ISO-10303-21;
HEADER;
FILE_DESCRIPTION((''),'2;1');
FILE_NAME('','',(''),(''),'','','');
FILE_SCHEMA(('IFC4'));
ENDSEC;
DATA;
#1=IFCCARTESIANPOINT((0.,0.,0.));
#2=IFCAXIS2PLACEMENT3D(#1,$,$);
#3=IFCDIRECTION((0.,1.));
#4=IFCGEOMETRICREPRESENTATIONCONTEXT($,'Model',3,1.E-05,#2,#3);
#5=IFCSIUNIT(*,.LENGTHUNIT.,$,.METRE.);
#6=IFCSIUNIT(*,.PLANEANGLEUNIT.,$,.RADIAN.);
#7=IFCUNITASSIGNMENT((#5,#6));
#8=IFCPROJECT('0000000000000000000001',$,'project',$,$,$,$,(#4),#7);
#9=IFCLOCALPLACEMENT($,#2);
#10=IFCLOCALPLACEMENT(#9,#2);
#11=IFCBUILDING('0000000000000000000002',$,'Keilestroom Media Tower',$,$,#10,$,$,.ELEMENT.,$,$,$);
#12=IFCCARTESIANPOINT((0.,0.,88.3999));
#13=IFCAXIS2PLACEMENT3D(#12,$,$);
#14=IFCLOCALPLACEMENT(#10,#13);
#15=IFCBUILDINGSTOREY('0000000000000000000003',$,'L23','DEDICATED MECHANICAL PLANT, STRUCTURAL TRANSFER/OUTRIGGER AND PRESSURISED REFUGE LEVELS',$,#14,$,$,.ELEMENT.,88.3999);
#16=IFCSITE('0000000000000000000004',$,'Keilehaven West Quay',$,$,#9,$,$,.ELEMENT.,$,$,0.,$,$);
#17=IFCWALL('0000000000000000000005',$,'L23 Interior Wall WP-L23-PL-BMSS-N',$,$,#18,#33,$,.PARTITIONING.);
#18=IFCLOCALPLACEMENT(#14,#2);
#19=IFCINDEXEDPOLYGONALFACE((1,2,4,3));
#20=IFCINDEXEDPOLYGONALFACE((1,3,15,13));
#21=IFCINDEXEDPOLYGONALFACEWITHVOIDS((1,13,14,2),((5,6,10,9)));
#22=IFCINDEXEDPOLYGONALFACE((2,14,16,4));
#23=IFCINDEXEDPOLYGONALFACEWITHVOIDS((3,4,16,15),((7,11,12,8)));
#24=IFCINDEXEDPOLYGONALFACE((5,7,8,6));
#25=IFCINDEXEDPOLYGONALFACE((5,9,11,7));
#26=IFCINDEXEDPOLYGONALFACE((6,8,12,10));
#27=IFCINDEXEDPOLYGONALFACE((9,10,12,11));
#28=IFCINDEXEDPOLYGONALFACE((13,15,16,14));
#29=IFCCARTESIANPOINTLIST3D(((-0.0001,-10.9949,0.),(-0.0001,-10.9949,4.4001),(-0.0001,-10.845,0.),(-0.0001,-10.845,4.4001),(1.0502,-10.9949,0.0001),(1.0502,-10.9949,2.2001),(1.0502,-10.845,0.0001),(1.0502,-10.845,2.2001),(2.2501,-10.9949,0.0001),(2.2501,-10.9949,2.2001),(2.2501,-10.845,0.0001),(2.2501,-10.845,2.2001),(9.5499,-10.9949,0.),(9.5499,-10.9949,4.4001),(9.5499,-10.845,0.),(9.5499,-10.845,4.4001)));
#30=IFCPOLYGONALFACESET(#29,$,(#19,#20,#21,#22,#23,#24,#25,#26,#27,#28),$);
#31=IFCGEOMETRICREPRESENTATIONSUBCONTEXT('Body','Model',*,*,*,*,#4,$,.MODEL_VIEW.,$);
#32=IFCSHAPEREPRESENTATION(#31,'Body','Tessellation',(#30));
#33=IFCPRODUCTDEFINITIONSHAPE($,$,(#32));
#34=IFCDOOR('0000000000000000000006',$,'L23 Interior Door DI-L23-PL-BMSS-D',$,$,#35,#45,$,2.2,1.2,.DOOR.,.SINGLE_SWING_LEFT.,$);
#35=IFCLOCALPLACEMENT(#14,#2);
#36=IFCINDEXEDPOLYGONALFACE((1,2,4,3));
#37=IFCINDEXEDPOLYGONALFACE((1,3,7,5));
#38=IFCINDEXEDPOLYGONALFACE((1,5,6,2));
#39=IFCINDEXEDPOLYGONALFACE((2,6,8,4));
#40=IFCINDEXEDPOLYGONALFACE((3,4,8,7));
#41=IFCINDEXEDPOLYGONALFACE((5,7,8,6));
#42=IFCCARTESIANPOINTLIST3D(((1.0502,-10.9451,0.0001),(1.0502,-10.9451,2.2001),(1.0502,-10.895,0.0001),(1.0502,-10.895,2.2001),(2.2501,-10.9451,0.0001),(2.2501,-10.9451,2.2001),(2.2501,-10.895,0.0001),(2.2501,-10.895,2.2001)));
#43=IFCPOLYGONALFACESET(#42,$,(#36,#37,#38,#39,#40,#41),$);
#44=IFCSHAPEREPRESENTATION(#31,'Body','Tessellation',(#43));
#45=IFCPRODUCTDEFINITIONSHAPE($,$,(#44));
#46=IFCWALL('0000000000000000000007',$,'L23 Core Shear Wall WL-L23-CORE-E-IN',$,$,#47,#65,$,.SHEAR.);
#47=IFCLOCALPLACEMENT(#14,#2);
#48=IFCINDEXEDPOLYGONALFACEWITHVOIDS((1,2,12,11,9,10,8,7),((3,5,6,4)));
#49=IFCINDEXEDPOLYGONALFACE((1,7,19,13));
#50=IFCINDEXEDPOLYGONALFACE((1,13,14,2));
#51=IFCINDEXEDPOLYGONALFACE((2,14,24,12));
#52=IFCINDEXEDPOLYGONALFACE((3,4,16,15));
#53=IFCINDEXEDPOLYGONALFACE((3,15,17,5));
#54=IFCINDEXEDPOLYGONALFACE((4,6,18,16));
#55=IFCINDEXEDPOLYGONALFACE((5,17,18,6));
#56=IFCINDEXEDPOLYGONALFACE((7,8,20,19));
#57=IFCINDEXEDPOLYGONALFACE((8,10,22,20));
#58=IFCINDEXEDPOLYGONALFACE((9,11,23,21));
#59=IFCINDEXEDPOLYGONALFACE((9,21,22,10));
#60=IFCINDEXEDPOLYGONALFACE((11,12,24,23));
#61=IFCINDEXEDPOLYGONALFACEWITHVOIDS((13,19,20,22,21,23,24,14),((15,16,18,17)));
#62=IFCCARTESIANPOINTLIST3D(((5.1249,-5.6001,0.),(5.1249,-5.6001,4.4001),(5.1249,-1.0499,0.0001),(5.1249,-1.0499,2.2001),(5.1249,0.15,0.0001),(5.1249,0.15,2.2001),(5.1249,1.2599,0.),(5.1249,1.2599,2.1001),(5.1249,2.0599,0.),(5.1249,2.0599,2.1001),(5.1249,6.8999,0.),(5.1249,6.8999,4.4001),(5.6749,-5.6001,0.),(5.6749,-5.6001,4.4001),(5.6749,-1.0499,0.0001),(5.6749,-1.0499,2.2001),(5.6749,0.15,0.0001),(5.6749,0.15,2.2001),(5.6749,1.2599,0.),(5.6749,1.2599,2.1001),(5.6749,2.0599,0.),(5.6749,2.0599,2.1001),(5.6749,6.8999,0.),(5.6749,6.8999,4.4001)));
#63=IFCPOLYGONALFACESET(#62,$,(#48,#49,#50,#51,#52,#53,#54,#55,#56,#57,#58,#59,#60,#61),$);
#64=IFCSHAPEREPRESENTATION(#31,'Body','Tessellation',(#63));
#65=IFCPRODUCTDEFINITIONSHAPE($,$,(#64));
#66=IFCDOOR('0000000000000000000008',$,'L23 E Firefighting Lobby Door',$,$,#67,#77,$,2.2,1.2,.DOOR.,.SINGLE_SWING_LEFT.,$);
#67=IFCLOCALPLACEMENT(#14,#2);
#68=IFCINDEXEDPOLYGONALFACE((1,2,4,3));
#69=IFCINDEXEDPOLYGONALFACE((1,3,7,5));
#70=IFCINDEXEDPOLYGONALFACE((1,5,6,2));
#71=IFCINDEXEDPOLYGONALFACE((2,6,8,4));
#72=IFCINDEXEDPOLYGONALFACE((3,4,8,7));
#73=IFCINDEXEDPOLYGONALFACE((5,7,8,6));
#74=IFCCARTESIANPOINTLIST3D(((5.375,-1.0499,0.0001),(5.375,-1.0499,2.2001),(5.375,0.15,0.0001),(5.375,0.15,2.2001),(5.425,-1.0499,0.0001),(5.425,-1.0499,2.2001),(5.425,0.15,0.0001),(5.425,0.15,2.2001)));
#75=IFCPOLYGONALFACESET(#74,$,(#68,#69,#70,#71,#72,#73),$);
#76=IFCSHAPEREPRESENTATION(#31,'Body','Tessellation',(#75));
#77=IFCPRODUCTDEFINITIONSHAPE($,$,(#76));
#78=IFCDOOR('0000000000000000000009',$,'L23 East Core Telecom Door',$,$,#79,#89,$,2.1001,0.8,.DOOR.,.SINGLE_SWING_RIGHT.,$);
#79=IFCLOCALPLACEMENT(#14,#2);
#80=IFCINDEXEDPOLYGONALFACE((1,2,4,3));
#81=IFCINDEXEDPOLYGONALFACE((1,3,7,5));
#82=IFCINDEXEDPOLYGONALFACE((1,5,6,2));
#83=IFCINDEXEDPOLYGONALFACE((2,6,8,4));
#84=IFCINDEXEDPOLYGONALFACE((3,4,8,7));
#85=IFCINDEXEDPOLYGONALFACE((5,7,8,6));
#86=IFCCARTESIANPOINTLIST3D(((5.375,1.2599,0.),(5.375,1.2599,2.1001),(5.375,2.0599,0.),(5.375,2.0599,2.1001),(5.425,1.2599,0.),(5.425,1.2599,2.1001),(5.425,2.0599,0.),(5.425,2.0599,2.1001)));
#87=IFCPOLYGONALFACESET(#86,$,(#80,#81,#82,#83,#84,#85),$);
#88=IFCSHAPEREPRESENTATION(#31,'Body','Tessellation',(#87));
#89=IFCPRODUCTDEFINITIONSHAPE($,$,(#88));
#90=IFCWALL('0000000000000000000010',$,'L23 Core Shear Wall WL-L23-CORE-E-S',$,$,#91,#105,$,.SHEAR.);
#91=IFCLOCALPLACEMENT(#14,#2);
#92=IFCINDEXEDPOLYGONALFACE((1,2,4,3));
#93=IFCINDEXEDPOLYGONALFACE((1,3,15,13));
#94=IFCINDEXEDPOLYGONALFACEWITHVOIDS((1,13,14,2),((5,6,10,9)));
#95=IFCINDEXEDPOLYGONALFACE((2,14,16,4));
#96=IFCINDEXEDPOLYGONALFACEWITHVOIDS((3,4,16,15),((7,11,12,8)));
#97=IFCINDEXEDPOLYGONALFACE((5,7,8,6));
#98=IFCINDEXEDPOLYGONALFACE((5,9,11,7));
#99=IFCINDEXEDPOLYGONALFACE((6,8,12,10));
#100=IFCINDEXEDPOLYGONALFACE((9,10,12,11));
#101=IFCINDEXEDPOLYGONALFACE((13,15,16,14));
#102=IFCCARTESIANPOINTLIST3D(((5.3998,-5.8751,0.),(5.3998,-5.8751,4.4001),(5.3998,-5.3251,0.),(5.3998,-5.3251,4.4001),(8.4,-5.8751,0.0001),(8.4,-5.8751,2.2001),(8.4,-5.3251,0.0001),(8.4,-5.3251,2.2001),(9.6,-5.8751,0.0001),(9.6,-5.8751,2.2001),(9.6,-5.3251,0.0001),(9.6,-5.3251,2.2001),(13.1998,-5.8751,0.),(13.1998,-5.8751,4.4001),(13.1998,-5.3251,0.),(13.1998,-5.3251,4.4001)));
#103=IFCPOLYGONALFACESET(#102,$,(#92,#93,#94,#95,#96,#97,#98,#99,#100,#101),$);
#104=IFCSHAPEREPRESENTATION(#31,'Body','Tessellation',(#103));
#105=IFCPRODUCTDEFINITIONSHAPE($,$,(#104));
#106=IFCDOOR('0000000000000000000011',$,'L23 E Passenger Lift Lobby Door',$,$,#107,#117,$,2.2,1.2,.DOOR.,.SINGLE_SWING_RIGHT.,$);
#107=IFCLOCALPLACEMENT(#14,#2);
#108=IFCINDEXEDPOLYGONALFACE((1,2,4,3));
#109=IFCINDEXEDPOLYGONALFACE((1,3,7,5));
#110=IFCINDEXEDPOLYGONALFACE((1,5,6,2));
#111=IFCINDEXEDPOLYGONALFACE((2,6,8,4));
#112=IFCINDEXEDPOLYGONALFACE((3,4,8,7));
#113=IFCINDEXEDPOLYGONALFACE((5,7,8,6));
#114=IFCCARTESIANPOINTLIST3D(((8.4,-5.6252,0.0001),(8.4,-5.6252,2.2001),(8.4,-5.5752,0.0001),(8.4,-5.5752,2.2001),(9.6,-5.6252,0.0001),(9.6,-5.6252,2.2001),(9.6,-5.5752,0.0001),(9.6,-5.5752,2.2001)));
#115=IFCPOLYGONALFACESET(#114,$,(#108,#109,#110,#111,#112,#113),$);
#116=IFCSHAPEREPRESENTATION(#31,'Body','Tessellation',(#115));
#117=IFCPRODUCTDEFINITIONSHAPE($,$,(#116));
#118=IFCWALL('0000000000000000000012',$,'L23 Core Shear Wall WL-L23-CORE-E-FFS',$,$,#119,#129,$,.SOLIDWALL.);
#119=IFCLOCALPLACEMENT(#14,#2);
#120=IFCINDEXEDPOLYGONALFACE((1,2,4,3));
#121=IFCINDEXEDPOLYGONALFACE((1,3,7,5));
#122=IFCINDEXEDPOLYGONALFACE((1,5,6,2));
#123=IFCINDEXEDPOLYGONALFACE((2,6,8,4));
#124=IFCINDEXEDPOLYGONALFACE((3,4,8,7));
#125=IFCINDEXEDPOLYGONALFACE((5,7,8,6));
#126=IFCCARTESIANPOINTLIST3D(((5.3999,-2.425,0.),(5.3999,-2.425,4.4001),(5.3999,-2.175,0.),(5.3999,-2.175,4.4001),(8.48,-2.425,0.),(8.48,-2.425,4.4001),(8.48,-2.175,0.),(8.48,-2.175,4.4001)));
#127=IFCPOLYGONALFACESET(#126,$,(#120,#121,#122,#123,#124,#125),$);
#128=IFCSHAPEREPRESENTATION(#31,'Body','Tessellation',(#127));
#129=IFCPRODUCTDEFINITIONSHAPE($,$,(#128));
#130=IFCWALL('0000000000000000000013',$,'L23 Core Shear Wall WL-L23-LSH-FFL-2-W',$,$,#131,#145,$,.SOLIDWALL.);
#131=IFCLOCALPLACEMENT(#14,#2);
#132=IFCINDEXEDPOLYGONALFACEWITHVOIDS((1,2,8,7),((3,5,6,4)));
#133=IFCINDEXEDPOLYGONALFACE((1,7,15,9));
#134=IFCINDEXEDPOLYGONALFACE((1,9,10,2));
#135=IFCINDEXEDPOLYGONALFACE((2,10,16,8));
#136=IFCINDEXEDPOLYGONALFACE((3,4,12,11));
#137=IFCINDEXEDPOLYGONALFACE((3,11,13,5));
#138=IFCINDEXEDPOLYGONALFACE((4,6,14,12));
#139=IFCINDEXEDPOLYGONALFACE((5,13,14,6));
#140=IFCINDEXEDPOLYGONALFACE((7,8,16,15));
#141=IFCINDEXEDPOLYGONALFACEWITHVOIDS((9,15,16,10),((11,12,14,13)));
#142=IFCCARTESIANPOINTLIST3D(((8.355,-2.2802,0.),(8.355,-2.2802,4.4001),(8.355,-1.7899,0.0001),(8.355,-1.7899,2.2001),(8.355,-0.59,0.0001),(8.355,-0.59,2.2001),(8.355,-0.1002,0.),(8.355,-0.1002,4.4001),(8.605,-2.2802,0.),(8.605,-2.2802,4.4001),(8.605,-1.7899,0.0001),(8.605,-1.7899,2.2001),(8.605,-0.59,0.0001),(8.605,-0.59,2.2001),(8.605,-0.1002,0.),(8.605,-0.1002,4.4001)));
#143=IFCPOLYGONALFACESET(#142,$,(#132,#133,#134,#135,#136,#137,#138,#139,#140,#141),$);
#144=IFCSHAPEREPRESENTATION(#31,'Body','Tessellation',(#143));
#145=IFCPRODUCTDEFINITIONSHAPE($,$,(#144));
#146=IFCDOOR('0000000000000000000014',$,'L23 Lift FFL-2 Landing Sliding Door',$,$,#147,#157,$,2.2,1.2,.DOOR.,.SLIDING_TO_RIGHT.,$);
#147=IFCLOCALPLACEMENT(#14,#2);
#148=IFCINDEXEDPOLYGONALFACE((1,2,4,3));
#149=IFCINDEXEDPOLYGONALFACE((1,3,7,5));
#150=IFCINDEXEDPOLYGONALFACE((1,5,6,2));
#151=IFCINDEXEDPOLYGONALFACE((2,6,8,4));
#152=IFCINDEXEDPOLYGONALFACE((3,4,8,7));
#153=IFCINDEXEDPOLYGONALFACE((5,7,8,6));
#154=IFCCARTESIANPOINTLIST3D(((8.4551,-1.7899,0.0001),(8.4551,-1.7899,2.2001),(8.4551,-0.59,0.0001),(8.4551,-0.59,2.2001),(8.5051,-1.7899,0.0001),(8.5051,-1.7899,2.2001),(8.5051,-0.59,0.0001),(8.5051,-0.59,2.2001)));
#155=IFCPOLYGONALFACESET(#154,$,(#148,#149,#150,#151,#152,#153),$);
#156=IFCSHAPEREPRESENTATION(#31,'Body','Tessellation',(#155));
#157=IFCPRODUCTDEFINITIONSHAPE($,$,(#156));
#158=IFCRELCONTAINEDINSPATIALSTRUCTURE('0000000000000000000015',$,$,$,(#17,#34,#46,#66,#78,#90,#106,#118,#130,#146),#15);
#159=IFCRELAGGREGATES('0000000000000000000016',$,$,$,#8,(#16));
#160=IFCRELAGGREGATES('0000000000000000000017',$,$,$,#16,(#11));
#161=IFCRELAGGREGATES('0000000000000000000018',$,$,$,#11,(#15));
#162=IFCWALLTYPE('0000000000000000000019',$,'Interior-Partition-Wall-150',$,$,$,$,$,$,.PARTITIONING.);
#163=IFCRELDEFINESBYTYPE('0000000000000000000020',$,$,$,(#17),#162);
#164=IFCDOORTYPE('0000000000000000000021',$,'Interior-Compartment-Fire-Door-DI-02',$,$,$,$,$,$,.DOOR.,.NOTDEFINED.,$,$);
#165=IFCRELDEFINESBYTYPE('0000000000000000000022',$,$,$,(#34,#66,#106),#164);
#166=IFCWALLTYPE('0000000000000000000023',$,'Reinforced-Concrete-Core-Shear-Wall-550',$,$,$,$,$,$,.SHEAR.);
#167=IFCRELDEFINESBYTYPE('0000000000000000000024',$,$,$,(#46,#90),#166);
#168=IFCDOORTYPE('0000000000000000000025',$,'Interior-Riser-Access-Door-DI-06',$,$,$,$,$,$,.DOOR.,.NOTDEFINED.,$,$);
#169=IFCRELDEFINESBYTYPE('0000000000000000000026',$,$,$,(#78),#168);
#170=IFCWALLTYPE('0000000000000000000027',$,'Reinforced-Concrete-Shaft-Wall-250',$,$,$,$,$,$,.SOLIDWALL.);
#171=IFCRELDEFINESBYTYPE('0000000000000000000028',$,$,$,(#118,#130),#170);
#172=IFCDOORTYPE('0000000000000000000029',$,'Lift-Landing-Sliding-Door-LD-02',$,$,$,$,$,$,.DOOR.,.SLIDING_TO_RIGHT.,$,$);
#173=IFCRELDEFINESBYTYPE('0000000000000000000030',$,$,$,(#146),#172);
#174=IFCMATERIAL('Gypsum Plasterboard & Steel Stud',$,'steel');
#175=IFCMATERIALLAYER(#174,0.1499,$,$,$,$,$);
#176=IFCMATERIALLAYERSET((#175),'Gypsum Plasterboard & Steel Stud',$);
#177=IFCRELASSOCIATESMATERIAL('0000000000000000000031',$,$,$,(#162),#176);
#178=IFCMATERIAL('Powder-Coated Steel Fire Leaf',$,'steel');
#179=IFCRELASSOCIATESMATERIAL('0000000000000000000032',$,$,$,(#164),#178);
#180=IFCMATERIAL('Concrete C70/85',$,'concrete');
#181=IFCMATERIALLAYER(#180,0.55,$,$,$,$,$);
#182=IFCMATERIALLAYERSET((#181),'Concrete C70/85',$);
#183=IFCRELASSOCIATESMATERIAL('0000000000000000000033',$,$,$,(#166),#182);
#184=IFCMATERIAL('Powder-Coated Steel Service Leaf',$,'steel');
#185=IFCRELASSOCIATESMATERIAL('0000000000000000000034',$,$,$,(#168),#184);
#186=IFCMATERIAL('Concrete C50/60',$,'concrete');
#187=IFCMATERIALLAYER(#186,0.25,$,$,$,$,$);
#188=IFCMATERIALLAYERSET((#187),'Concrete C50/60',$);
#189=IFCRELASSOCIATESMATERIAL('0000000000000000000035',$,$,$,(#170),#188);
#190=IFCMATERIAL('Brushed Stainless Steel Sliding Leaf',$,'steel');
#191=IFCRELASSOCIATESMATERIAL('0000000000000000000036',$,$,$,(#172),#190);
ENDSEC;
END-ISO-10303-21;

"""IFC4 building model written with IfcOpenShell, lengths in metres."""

from ifc_helpers import new_model, si_unit, direction, frame, frame_2d, origin, place, context, subcontext, project, spatial, rectangle, extrude, source, transform, mapped, material, layer, layer_set, type_object, element, fill, save


model = new_model("IFC4")

# Units and contexts
model_context = context("Model", 3, precision=1e-05, world=origin(), true_north=direction((0.0, 1.0)))
body_context = subcontext(model_context, "Body", "Model", "MODEL_VIEW")
ifc_project = project(units=[si_unit("LENGTHUNIT", "METRE"), si_unit("PLANEANGLEUNIT", "RADIAN")], contexts=[model_context])

# Site, building, storey
site_placement = place(None, origin())
site = spatial("IfcSite", under=ifc_project, at=site_placement, Name="Keilehaven West Quay", CompositionType="ELEMENT", RefElevation=0.0)
building_placement = place(site_placement, origin())
building = spatial("IfcBuilding", under=site, at=building_placement, Name="Keilestroom Media Tower", CompositionType="ELEMENT")
storey_placement = place(building_placement, frame((0.0, 0.0, 88.3999)))
storey = spatial("IfcBuildingStorey", under=building, at=storey_placement, Name="L23", Description="DEDICATED MECHANICAL PLANT, STRUCTURAL TRANSFER/OUTRIGGER AND PRESSURISED REFUGE LEVELS", CompositionType="ELEMENT", Elevation=88.3999)

# Shared definitions
ifc_material_1 = material(Name="Concrete C70/85", Category="concrete")

# Wall, opening, door
ifc_material_2 = material(Name="Gypsum Plasterboard & Steel Stud", Category="steel")
ifc_layer_1 = layer(ifc_material_2, 0.1499)
ifc_layer_set_1 = layer_set([ifc_layer_1], Name="Gypsum Plasterboard & Steel Stud")
wall_type_1 = type_object("IfcWallType", Name="Interior-Partition-Wall-150", PredefinedType="PARTITIONING", material=ifc_layer_set_1)
wall_1_placement = place(storey_placement, frame((0.0, -10.9199, 0.0), z_axis=(0.0, 0.0, 1.0), x_axis=(1.0, 0.0, 0.0)))
wall_1 = element("IfcWall", 1, at=wall_1_placement, inside=storey, type_object=wall_type_1, Name="L23 Interior Wall WP-L23-PL-BMSS-N", PredefinedType="PARTITIONING", context=body_context, shape_type="SweptSolid", body=[
    extrude(rectangle(XDim=9.55, YDim=0.1499, at=frame_2d((4.7749, 0.0))), origin(), (0.0, 0.0, 1.0), 4.4001),
])
opening_1_placement = place(wall_1_placement, frame((1.05, 0.0, 0.0)))
opening_1 = element("IfcOpeningElement", 2, at=opening_1_placement, cuts=wall_1, PredefinedType="OPENING", context=body_context, shape_type="SweptSolid", body=[
    extrude(rectangle(XDim=1.2, YDim=2.2, at=frame_2d((0.6001, 1.1001))), frame((0.0, 0.085, 0.0), z_axis=(0.0, -1.0, 0.0), x_axis=(1.0, 0.0, 0.0)), (0.0, 0.0, 1.0), 0.1699),
])
ifc_material_3 = material(Name="Powder-Coated Steel Fire Leaf", Category="steel")
door_type_1 = type_object("IfcDoorType", Name="Interior-Compartment-Fire-Door-DI-02", OperationType="NOTDEFINED", PredefinedType="DOOR", material=ifc_material_3)
shared_shape_1 = source(origin(), body_context, "Body", "SweptSolid", [
    extrude(rectangle(XDim=1.2, YDim=2.2, at=frame_2d((0.6001, 1.1001))), frame((0.0, 0.0249, 0.0), z_axis=(0.0, -1.0, 0.0), x_axis=(1.0, 0.0, 0.0)), (0.0, 0.0, 1.0), 0.05),
])
door_1_placement = place(opening_1_placement, origin())
door_1 = element("IfcDoor", 3, at=door_1_placement, inside=storey, type_object=door_type_1, Name="L23 Interior Door DI-L23-PL-BMSS-D", OperationType="SINGLE_SWING_LEFT", OverallHeight=2.2, OverallWidth=1.2, PredefinedType="DOOR", context=body_context, shape_type="MappedRepresentation", body=[
    mapped(shared_shape_1, transform((0.0, 0.0, 0.0), x_axis=(1.0, 0.0, 0.0), y_axis=(0.0, 1.0, 0.0), z_axis=(0.0, 0.0, 1.0), scale=1.0)),
])
fill(opening_1, door_1)

# Wall, openings, doors
ifc_layer_2 = layer(ifc_material_1, 0.55)
ifc_layer_set_2 = layer_set([ifc_layer_2], Name="Concrete C70/85")
wall_type_2 = type_object("IfcWallType", Name="Reinforced-Concrete-Core-Shear-Wall-550", PredefinedType="SHEAR", material=ifc_layer_set_2)
wall_2_placement = place(storey_placement, frame((5.3999, -5.6001, 0.0), z_axis=(0.0, 0.0, 1.0), x_axis=(0.0, 1.0, 0.0)))
wall_2 = element("IfcWall", 4, at=wall_2_placement, inside=storey, type_object=wall_type_2, Name="L23 Core Shear Wall WL-L23-CORE-E-IN", PredefinedType="SHEAR", context=body_context, shape_type="SweptSolid", body=[
    extrude(rectangle(XDim=12.5, YDim=0.55, at=frame_2d((6.25, 0.0))), origin(), (0.0, 0.0, 1.0), 4.4001),
])
opening_2_placement = place(wall_2_placement, frame((4.55, 0.0, 0.0)))
opening_2 = element("IfcOpeningElement", 5, at=opening_2_placement, cuts=wall_2, PredefinedType="OPENING", context=body_context, shape_type="SweptSolid", body=[
    extrude(rectangle(XDim=1.2, YDim=2.2, at=frame_2d((0.6001, 1.1001))), frame((0.0, 0.2852, 0.0), z_axis=(0.0, -1.0, 0.0), x_axis=(1.0, 0.0, 0.0)), (0.0, 0.0, 1.0), 0.5701),
])
opening_3_placement = place(wall_2_placement, frame((6.8601, 0.0, 0.0)))
opening_3 = element("IfcOpeningElement", 6, at=opening_3_placement, cuts=wall_2, PredefinedType="OPENING", context=body_context, shape_type="SweptSolid", body=[
    extrude(rectangle(XDim=0.8, YDim=2.1001, at=frame_2d((0.3999, 1.05))), frame((0.0, 0.2852, 0.0), z_axis=(0.0, -1.0, 0.0), x_axis=(1.0, 0.0, 0.0)), (0.0, 0.0, 1.0), 0.5701),
])
door_2_placement = place(opening_2_placement, origin())
door_2 = element("IfcDoor", 7, at=door_2_placement, inside=storey, type_object=door_type_1, Name="L23 E Firefighting Lobby Door", OperationType="SINGLE_SWING_LEFT", OverallHeight=2.2, OverallWidth=1.2, PredefinedType="DOOR", context=body_context, shape_type="MappedRepresentation", body=[
    mapped(shared_shape_1, transform((0.0, 0.0, 0.0), x_axis=(1.0, 0.0, 0.0), y_axis=(0.0, 1.0, 0.0), z_axis=(0.0, 0.0, 1.0), scale=1.0)),
])
fill(opening_2, door_2)
ifc_material_4 = material(Name="Powder-Coated Steel Service Leaf", Category="steel")
door_type_2 = type_object("IfcDoorType", Name="Interior-Riser-Access-Door-DI-06", OperationType="NOTDEFINED", PredefinedType="DOOR", material=ifc_material_4)
shared_shape_2 = source(origin(), body_context, "Body", "SweptSolid", [
    extrude(rectangle(XDim=0.8, YDim=2.1001, at=frame_2d((0.3999, 1.05))), frame((0.0, 0.0249, 0.0), z_axis=(0.0, -1.0, 0.0), x_axis=(1.0, 0.0, 0.0)), (0.0, 0.0, 1.0), 0.05),
])
door_3_placement = place(opening_3_placement, origin())
door_3 = element("IfcDoor", 8, at=door_3_placement, inside=storey, type_object=door_type_2, Name="L23 East Core Telecom Door", OperationType="SINGLE_SWING_RIGHT", OverallHeight=2.1001, OverallWidth=0.8, PredefinedType="DOOR", context=body_context, shape_type="MappedRepresentation", body=[
    mapped(shared_shape_2, transform((0.0, 0.0, 0.0), x_axis=(1.0, 0.0, 0.0), y_axis=(0.0, 1.0, 0.0), z_axis=(0.0, 0.0, 1.0), scale=1.0)),
])
fill(opening_3, door_3)

# Wall, opening, door
wall_3_placement = place(storey_placement, frame((5.3999, -5.6001, 0.0), z_axis=(0.0, 0.0, 1.0), x_axis=(1.0, 0.0, 0.0)))
wall_3 = element("IfcWall", 9, at=wall_3_placement, inside=storey, type_object=wall_type_2, Name="L23 Core Shear Wall WL-L23-CORE-E-S", PredefinedType="SHEAR", context=body_context, shape_type="SweptSolid", body=[
    extrude(rectangle(XDim=7.8, YDim=0.55, at=frame_2d((3.8999, 0.0))), origin(), (0.0, 0.0, 1.0), 4.4001),
])
opening_4_placement = place(wall_3_placement, frame((3.0, 0.0, 0.0)))
opening_4 = element("IfcOpeningElement", 10, at=opening_4_placement, cuts=wall_3, PredefinedType="OPENING", context=body_context, shape_type="SweptSolid", body=[
    extrude(rectangle(XDim=1.2, YDim=2.2, at=frame_2d((0.6001, 1.1001))), frame((0.0, 0.2852, 0.0), z_axis=(0.0, -1.0, 0.0), x_axis=(1.0, 0.0, 0.0)), (0.0, 0.0, 1.0), 0.5701),
])
door_4_placement = place(opening_4_placement, origin())
door_4 = element("IfcDoor", 11, at=door_4_placement, inside=storey, type_object=door_type_1, Name="L23 E Passenger Lift Lobby Door", OperationType="SINGLE_SWING_RIGHT", OverallHeight=2.2, OverallWidth=1.2, PredefinedType="DOOR", context=body_context, shape_type="MappedRepresentation", body=[
    mapped(shared_shape_1, transform((0.0, 0.0, 0.0), x_axis=(1.0, 0.0, 0.0), y_axis=(0.0, 1.0, 0.0), z_axis=(0.0, 0.0, 1.0), scale=1.0)),
])
fill(opening_4, door_4)

# Wall
ifc_material_5 = material(Name="Concrete C50/60", Category="concrete")
ifc_layer_3 = layer(ifc_material_5, 0.25)
ifc_layer_set_3 = layer_set([ifc_layer_3], Name="Concrete C50/60")
wall_type_3 = type_object("IfcWallType", Name="Reinforced-Concrete-Shaft-Wall-250", PredefinedType="SOLIDWALL", material=ifc_layer_set_3)
wall_4_placement = place(storey_placement, frame((5.3999, -2.3, 0.0), z_axis=(0.0, 0.0, 1.0), x_axis=(1.0, 0.0, 0.0)))
element("IfcWall", 12, at=wall_4_placement, inside=storey, type_object=wall_type_3, Name="L23 Core Shear Wall WL-L23-CORE-E-FFS", PredefinedType="SOLIDWALL", context=body_context, shape_type="SweptSolid", body=[
    extrude(rectangle(XDim=3.0801, YDim=0.25, at=frame_2d((1.54, 0.0))), origin(), (0.0, 0.0, 1.0), 4.4001),
])

# Wall, opening, door
wall_5_placement = place(storey_placement, frame((8.48, -2.28, 0.0), z_axis=(0.0, 0.0, 1.0), x_axis=(0.0, 1.0, 0.0)))
wall_5 = element("IfcWall", 13, at=wall_5_placement, inside=storey, type_object=wall_type_3, Name="L23 Core Shear Wall WL-L23-LSH-FFL-2-W", PredefinedType="SOLIDWALL", context=body_context, shape_type="SweptSolid", body=[
    extrude(rectangle(XDim=2.1799, YDim=0.25, at=frame_2d((1.0898, 0.0))), origin(), (0.0, 0.0, 1.0), 4.4001),
])
opening_5_placement = place(wall_5_placement, frame((0.49, 0.0, 0.0)))
opening_5 = element("IfcOpeningElement", 14, at=opening_5_placement, cuts=wall_5, PredefinedType="OPENING", context=body_context, shape_type="SweptSolid", body=[
    extrude(rectangle(XDim=1.2, YDim=2.2, at=frame_2d((0.6001, 1.1001))), frame((0.0, 0.135, 0.0), z_axis=(0.0, -1.0, 0.0), x_axis=(1.0, 0.0, 0.0)), (0.0, 0.0, 1.0), 0.27),
])
ifc_material_6 = material(Name="Brushed Stainless Steel Sliding Leaf", Category="steel")
door_type_3 = type_object("IfcDoorType", Name="Lift-Landing-Sliding-Door-LD-02", OperationType="SLIDING_TO_RIGHT", PredefinedType="DOOR", material=ifc_material_6)
door_5_placement = place(opening_5_placement, origin())
door_5 = element("IfcDoor", 15, at=door_5_placement, inside=storey, type_object=door_type_3, Name="L23 Lift FFL-2 Landing Sliding Door", OperationType="SLIDING_TO_RIGHT", OverallHeight=2.2, OverallWidth=1.2, PredefinedType="DOOR", context=body_context, shape_type="MappedRepresentation", body=[
    mapped(shared_shape_1, transform((0.0, 0.0, 0.0), x_axis=(1.0, 0.0, 0.0), y_axis=(0.0, 1.0, 0.0), z_axis=(0.0, 0.0, 1.0), scale=1.0)),
])
fill(opening_5, door_5)

save(model, "model.ifc")
